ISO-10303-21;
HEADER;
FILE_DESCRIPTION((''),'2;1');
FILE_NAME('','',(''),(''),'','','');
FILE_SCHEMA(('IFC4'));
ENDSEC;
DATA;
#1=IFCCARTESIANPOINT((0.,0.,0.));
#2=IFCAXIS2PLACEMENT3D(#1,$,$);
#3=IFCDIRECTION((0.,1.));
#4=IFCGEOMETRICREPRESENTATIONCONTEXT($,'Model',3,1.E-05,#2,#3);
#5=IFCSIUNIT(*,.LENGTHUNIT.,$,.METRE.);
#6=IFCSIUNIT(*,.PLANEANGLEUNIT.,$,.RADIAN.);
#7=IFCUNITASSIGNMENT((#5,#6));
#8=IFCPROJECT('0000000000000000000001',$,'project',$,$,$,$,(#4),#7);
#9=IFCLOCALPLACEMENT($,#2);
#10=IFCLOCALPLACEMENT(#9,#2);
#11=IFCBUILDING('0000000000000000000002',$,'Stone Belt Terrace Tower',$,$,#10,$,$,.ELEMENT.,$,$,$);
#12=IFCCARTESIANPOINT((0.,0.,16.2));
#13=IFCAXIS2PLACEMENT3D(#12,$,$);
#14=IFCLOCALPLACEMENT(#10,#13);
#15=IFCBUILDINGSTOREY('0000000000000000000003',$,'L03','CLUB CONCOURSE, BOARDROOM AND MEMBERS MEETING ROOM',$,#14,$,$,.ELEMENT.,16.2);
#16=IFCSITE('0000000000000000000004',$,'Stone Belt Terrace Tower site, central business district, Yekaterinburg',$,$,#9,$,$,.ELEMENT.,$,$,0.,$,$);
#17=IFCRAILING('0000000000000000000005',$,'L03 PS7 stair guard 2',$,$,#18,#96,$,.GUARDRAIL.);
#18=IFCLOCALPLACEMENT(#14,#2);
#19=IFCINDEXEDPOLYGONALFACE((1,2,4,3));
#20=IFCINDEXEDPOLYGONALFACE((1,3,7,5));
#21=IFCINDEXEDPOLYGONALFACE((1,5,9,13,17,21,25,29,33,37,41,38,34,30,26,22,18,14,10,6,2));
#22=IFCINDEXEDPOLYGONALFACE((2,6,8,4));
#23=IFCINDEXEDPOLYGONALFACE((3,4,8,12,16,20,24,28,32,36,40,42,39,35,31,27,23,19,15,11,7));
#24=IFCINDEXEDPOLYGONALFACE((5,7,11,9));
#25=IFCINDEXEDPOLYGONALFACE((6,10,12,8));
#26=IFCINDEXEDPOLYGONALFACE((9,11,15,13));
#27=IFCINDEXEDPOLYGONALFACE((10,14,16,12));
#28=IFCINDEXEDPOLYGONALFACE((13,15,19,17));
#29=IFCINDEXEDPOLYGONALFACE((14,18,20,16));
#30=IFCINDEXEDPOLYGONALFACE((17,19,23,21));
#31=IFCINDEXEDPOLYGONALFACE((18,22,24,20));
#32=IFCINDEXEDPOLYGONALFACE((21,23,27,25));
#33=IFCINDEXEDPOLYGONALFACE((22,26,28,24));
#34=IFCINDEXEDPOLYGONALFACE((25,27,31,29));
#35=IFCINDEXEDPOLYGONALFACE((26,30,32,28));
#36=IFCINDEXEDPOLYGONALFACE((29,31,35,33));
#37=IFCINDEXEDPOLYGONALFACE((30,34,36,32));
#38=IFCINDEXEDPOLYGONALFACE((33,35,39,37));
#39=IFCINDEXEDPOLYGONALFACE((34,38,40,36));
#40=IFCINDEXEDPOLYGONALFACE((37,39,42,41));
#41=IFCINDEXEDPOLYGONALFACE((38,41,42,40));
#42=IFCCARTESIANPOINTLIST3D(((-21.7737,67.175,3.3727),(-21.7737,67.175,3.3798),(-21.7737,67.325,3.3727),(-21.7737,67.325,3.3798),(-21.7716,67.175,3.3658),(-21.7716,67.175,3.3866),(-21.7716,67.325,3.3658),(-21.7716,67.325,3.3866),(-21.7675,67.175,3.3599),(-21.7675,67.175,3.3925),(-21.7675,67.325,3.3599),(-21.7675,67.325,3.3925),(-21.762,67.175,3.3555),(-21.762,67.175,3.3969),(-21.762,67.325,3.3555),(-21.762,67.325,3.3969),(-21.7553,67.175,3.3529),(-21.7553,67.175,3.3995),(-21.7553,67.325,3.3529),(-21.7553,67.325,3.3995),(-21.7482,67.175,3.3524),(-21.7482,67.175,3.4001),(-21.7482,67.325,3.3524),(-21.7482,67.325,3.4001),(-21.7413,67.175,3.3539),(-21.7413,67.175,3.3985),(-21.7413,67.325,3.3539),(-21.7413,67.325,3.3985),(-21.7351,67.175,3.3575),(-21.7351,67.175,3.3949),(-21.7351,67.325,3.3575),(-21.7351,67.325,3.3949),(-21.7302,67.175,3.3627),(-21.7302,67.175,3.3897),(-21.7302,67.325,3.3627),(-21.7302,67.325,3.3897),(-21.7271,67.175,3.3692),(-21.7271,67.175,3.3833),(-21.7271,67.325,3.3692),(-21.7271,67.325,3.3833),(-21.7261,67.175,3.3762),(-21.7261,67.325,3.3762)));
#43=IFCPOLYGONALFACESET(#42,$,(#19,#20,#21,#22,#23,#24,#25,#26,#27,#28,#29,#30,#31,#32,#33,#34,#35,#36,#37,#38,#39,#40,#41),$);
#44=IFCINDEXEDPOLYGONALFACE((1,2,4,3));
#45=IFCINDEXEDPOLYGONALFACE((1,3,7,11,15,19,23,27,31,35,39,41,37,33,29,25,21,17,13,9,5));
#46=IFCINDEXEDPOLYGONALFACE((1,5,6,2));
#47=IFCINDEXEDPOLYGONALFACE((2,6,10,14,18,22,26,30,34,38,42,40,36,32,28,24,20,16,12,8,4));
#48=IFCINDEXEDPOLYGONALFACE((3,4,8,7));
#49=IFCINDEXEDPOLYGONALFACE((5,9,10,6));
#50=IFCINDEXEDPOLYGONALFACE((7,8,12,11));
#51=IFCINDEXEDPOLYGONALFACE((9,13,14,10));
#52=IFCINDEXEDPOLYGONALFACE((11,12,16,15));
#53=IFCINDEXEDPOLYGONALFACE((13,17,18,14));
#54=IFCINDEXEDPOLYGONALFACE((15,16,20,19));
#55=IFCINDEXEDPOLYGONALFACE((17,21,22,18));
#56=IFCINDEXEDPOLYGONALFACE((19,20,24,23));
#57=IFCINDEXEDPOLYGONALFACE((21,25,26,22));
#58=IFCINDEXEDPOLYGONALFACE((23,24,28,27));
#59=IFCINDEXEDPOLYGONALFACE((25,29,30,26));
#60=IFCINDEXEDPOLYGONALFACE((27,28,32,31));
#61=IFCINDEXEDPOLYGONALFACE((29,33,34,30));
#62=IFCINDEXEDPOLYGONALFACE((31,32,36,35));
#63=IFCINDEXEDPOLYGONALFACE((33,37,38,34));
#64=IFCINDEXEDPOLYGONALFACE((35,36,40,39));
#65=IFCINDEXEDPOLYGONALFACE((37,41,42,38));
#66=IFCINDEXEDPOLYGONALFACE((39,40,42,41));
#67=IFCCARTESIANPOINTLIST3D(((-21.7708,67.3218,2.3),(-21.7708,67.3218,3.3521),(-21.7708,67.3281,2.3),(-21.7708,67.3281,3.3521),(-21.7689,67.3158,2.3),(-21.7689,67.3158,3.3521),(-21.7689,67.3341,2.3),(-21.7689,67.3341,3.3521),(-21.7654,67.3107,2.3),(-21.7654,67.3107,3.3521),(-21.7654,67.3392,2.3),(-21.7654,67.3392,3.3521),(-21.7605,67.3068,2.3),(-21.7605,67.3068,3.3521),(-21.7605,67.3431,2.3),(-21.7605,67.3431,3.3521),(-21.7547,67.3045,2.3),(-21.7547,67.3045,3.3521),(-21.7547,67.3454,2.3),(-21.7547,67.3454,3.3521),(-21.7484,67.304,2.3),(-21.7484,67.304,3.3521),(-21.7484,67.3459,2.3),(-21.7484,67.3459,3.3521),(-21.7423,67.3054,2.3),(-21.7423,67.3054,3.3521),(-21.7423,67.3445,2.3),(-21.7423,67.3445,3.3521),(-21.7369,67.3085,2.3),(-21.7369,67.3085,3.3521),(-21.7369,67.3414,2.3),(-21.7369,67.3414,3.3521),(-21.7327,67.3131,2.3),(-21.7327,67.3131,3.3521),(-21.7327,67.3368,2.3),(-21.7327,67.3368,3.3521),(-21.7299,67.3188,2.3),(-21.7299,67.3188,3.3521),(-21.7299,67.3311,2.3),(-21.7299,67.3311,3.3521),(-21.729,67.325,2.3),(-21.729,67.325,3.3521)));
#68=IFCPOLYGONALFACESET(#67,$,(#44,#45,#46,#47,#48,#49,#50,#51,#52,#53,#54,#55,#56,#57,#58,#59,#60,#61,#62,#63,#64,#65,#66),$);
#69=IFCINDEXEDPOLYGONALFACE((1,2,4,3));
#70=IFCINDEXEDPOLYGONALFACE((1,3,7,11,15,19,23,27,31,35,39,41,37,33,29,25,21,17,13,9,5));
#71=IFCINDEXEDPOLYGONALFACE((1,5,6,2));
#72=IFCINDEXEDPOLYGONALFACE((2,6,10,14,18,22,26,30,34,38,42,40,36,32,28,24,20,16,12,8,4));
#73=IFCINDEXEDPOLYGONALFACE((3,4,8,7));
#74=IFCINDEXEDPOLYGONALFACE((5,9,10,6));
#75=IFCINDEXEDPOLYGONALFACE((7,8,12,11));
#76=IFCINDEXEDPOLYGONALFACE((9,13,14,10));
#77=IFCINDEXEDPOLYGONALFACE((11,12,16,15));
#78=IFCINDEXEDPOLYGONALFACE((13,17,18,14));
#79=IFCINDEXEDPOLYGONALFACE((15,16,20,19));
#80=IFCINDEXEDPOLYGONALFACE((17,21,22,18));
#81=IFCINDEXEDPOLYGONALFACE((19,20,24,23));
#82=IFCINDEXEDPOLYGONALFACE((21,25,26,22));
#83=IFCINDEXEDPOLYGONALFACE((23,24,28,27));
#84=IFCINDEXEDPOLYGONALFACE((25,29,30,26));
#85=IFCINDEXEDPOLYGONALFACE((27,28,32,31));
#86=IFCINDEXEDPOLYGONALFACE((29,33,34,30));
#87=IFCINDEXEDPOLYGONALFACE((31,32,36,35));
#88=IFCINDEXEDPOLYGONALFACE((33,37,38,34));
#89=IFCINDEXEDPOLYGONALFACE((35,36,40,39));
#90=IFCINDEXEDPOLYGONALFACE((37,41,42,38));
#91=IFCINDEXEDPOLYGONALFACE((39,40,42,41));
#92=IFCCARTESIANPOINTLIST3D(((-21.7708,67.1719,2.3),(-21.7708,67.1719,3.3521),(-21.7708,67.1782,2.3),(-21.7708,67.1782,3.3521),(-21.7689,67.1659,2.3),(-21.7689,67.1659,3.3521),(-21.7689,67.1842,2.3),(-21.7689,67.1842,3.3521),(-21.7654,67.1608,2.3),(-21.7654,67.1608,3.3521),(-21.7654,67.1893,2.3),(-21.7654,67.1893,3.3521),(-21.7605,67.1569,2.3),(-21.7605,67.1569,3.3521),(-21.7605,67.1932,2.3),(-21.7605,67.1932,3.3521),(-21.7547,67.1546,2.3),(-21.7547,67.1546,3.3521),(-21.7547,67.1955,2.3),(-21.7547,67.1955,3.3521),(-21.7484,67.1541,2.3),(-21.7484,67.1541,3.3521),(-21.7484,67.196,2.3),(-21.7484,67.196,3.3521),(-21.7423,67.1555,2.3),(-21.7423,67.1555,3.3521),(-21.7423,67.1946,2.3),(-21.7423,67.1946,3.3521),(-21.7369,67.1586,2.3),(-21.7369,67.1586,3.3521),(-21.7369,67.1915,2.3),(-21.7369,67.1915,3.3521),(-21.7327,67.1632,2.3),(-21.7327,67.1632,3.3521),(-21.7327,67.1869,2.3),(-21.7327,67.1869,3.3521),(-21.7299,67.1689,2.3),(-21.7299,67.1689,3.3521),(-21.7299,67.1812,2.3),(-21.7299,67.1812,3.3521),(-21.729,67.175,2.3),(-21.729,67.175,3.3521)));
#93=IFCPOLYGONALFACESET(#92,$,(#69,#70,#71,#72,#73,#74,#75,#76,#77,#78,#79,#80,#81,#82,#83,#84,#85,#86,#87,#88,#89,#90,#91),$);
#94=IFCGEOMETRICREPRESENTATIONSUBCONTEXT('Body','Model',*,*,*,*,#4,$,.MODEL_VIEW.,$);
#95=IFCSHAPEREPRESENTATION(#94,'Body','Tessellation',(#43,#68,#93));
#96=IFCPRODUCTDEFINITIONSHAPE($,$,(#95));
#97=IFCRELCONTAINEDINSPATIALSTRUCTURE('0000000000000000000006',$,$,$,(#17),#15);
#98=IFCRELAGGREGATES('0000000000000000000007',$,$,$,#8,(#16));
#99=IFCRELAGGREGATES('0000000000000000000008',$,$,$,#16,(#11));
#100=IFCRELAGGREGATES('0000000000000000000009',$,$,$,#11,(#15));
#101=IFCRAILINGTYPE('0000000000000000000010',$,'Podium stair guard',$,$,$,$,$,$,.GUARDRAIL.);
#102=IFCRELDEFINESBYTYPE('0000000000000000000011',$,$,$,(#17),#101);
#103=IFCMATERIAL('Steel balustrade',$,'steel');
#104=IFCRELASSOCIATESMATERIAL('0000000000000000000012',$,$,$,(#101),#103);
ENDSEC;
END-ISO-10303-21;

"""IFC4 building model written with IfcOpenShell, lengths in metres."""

from ifc_helpers import new_model, si_unit, direction, frame, origin, origin_2d, place, context, subcontext, project, spatial, circle, extrude, material, type_object, element, save


model = new_model("IFC4")

# Units and contexts
model_context = context("Model", 3, precision=1e-05, world=origin(), true_north=direction((0.0, 1.0)))
body_context = subcontext(model_context, "Body", "Model", "MODEL_VIEW")
ifc_project = project(units=[si_unit("LENGTHUNIT", "METRE"), si_unit("PLANEANGLEUNIT", "RADIAN")], contexts=[model_context])

# Site, building, storey
site_placement = place(None, origin())
site = spatial("IfcSite", under=ifc_project, at=site_placement, Name="Stone Belt Terrace Tower site, central business district, Yekaterinburg", CompositionType="ELEMENT", RefElevation=0.0)
building_placement = place(site_placement, origin())
building = spatial("IfcBuilding", under=site, at=building_placement, Name="Stone Belt Terrace Tower", CompositionType="ELEMENT")
storey_placement = place(building_placement, frame((0.0, 0.0, 16.2)))
storey = spatial("IfcBuildingStorey", under=building, at=storey_placement, Name="L03", Description="CLUB CONCOURSE, BOARDROOM AND MEMBERS MEETING ROOM", CompositionType="ELEMENT", Elevation=16.2)

# Railing
ifc_material_1 = material(Name="Steel balustrade", Category="steel")
railing_type_1 = type_object("IfcRailingType", Name="Podium stair guard", PredefinedType="GUARDRAIL", material=ifc_material_1)
railing_1_placement = place(storey_placement, frame((-21.75, 67.325, 2.3)))
element("IfcRailing", 1, at=railing_1_placement, inside=storey, type_object=railing_type_1, Name="L03 PS7 stair guard 2", PredefinedType="GUARDRAIL", context=body_context, shape_type="SweptSolid", body=[
    extrude(circle(Radius=0.0239, at=origin_2d()), frame((0.0, 0.0, 1.0762), z_axis=(0.0, -1.0, 0.0), x_axis=(1.0, 0.0, 0.0)), (0.0, 0.0, 1.0), 0.1499),
    extrude(circle(Radius=0.021, at=origin_2d()), origin(), (0.0, 0.0, 1.0), 1.052),
    extrude(circle(Radius=0.021, at=origin_2d()), frame((0.0, -0.1499, 0.0)), (0.0, 0.0, 1.0), 1.052),
])

save(model, "model.ifc")
